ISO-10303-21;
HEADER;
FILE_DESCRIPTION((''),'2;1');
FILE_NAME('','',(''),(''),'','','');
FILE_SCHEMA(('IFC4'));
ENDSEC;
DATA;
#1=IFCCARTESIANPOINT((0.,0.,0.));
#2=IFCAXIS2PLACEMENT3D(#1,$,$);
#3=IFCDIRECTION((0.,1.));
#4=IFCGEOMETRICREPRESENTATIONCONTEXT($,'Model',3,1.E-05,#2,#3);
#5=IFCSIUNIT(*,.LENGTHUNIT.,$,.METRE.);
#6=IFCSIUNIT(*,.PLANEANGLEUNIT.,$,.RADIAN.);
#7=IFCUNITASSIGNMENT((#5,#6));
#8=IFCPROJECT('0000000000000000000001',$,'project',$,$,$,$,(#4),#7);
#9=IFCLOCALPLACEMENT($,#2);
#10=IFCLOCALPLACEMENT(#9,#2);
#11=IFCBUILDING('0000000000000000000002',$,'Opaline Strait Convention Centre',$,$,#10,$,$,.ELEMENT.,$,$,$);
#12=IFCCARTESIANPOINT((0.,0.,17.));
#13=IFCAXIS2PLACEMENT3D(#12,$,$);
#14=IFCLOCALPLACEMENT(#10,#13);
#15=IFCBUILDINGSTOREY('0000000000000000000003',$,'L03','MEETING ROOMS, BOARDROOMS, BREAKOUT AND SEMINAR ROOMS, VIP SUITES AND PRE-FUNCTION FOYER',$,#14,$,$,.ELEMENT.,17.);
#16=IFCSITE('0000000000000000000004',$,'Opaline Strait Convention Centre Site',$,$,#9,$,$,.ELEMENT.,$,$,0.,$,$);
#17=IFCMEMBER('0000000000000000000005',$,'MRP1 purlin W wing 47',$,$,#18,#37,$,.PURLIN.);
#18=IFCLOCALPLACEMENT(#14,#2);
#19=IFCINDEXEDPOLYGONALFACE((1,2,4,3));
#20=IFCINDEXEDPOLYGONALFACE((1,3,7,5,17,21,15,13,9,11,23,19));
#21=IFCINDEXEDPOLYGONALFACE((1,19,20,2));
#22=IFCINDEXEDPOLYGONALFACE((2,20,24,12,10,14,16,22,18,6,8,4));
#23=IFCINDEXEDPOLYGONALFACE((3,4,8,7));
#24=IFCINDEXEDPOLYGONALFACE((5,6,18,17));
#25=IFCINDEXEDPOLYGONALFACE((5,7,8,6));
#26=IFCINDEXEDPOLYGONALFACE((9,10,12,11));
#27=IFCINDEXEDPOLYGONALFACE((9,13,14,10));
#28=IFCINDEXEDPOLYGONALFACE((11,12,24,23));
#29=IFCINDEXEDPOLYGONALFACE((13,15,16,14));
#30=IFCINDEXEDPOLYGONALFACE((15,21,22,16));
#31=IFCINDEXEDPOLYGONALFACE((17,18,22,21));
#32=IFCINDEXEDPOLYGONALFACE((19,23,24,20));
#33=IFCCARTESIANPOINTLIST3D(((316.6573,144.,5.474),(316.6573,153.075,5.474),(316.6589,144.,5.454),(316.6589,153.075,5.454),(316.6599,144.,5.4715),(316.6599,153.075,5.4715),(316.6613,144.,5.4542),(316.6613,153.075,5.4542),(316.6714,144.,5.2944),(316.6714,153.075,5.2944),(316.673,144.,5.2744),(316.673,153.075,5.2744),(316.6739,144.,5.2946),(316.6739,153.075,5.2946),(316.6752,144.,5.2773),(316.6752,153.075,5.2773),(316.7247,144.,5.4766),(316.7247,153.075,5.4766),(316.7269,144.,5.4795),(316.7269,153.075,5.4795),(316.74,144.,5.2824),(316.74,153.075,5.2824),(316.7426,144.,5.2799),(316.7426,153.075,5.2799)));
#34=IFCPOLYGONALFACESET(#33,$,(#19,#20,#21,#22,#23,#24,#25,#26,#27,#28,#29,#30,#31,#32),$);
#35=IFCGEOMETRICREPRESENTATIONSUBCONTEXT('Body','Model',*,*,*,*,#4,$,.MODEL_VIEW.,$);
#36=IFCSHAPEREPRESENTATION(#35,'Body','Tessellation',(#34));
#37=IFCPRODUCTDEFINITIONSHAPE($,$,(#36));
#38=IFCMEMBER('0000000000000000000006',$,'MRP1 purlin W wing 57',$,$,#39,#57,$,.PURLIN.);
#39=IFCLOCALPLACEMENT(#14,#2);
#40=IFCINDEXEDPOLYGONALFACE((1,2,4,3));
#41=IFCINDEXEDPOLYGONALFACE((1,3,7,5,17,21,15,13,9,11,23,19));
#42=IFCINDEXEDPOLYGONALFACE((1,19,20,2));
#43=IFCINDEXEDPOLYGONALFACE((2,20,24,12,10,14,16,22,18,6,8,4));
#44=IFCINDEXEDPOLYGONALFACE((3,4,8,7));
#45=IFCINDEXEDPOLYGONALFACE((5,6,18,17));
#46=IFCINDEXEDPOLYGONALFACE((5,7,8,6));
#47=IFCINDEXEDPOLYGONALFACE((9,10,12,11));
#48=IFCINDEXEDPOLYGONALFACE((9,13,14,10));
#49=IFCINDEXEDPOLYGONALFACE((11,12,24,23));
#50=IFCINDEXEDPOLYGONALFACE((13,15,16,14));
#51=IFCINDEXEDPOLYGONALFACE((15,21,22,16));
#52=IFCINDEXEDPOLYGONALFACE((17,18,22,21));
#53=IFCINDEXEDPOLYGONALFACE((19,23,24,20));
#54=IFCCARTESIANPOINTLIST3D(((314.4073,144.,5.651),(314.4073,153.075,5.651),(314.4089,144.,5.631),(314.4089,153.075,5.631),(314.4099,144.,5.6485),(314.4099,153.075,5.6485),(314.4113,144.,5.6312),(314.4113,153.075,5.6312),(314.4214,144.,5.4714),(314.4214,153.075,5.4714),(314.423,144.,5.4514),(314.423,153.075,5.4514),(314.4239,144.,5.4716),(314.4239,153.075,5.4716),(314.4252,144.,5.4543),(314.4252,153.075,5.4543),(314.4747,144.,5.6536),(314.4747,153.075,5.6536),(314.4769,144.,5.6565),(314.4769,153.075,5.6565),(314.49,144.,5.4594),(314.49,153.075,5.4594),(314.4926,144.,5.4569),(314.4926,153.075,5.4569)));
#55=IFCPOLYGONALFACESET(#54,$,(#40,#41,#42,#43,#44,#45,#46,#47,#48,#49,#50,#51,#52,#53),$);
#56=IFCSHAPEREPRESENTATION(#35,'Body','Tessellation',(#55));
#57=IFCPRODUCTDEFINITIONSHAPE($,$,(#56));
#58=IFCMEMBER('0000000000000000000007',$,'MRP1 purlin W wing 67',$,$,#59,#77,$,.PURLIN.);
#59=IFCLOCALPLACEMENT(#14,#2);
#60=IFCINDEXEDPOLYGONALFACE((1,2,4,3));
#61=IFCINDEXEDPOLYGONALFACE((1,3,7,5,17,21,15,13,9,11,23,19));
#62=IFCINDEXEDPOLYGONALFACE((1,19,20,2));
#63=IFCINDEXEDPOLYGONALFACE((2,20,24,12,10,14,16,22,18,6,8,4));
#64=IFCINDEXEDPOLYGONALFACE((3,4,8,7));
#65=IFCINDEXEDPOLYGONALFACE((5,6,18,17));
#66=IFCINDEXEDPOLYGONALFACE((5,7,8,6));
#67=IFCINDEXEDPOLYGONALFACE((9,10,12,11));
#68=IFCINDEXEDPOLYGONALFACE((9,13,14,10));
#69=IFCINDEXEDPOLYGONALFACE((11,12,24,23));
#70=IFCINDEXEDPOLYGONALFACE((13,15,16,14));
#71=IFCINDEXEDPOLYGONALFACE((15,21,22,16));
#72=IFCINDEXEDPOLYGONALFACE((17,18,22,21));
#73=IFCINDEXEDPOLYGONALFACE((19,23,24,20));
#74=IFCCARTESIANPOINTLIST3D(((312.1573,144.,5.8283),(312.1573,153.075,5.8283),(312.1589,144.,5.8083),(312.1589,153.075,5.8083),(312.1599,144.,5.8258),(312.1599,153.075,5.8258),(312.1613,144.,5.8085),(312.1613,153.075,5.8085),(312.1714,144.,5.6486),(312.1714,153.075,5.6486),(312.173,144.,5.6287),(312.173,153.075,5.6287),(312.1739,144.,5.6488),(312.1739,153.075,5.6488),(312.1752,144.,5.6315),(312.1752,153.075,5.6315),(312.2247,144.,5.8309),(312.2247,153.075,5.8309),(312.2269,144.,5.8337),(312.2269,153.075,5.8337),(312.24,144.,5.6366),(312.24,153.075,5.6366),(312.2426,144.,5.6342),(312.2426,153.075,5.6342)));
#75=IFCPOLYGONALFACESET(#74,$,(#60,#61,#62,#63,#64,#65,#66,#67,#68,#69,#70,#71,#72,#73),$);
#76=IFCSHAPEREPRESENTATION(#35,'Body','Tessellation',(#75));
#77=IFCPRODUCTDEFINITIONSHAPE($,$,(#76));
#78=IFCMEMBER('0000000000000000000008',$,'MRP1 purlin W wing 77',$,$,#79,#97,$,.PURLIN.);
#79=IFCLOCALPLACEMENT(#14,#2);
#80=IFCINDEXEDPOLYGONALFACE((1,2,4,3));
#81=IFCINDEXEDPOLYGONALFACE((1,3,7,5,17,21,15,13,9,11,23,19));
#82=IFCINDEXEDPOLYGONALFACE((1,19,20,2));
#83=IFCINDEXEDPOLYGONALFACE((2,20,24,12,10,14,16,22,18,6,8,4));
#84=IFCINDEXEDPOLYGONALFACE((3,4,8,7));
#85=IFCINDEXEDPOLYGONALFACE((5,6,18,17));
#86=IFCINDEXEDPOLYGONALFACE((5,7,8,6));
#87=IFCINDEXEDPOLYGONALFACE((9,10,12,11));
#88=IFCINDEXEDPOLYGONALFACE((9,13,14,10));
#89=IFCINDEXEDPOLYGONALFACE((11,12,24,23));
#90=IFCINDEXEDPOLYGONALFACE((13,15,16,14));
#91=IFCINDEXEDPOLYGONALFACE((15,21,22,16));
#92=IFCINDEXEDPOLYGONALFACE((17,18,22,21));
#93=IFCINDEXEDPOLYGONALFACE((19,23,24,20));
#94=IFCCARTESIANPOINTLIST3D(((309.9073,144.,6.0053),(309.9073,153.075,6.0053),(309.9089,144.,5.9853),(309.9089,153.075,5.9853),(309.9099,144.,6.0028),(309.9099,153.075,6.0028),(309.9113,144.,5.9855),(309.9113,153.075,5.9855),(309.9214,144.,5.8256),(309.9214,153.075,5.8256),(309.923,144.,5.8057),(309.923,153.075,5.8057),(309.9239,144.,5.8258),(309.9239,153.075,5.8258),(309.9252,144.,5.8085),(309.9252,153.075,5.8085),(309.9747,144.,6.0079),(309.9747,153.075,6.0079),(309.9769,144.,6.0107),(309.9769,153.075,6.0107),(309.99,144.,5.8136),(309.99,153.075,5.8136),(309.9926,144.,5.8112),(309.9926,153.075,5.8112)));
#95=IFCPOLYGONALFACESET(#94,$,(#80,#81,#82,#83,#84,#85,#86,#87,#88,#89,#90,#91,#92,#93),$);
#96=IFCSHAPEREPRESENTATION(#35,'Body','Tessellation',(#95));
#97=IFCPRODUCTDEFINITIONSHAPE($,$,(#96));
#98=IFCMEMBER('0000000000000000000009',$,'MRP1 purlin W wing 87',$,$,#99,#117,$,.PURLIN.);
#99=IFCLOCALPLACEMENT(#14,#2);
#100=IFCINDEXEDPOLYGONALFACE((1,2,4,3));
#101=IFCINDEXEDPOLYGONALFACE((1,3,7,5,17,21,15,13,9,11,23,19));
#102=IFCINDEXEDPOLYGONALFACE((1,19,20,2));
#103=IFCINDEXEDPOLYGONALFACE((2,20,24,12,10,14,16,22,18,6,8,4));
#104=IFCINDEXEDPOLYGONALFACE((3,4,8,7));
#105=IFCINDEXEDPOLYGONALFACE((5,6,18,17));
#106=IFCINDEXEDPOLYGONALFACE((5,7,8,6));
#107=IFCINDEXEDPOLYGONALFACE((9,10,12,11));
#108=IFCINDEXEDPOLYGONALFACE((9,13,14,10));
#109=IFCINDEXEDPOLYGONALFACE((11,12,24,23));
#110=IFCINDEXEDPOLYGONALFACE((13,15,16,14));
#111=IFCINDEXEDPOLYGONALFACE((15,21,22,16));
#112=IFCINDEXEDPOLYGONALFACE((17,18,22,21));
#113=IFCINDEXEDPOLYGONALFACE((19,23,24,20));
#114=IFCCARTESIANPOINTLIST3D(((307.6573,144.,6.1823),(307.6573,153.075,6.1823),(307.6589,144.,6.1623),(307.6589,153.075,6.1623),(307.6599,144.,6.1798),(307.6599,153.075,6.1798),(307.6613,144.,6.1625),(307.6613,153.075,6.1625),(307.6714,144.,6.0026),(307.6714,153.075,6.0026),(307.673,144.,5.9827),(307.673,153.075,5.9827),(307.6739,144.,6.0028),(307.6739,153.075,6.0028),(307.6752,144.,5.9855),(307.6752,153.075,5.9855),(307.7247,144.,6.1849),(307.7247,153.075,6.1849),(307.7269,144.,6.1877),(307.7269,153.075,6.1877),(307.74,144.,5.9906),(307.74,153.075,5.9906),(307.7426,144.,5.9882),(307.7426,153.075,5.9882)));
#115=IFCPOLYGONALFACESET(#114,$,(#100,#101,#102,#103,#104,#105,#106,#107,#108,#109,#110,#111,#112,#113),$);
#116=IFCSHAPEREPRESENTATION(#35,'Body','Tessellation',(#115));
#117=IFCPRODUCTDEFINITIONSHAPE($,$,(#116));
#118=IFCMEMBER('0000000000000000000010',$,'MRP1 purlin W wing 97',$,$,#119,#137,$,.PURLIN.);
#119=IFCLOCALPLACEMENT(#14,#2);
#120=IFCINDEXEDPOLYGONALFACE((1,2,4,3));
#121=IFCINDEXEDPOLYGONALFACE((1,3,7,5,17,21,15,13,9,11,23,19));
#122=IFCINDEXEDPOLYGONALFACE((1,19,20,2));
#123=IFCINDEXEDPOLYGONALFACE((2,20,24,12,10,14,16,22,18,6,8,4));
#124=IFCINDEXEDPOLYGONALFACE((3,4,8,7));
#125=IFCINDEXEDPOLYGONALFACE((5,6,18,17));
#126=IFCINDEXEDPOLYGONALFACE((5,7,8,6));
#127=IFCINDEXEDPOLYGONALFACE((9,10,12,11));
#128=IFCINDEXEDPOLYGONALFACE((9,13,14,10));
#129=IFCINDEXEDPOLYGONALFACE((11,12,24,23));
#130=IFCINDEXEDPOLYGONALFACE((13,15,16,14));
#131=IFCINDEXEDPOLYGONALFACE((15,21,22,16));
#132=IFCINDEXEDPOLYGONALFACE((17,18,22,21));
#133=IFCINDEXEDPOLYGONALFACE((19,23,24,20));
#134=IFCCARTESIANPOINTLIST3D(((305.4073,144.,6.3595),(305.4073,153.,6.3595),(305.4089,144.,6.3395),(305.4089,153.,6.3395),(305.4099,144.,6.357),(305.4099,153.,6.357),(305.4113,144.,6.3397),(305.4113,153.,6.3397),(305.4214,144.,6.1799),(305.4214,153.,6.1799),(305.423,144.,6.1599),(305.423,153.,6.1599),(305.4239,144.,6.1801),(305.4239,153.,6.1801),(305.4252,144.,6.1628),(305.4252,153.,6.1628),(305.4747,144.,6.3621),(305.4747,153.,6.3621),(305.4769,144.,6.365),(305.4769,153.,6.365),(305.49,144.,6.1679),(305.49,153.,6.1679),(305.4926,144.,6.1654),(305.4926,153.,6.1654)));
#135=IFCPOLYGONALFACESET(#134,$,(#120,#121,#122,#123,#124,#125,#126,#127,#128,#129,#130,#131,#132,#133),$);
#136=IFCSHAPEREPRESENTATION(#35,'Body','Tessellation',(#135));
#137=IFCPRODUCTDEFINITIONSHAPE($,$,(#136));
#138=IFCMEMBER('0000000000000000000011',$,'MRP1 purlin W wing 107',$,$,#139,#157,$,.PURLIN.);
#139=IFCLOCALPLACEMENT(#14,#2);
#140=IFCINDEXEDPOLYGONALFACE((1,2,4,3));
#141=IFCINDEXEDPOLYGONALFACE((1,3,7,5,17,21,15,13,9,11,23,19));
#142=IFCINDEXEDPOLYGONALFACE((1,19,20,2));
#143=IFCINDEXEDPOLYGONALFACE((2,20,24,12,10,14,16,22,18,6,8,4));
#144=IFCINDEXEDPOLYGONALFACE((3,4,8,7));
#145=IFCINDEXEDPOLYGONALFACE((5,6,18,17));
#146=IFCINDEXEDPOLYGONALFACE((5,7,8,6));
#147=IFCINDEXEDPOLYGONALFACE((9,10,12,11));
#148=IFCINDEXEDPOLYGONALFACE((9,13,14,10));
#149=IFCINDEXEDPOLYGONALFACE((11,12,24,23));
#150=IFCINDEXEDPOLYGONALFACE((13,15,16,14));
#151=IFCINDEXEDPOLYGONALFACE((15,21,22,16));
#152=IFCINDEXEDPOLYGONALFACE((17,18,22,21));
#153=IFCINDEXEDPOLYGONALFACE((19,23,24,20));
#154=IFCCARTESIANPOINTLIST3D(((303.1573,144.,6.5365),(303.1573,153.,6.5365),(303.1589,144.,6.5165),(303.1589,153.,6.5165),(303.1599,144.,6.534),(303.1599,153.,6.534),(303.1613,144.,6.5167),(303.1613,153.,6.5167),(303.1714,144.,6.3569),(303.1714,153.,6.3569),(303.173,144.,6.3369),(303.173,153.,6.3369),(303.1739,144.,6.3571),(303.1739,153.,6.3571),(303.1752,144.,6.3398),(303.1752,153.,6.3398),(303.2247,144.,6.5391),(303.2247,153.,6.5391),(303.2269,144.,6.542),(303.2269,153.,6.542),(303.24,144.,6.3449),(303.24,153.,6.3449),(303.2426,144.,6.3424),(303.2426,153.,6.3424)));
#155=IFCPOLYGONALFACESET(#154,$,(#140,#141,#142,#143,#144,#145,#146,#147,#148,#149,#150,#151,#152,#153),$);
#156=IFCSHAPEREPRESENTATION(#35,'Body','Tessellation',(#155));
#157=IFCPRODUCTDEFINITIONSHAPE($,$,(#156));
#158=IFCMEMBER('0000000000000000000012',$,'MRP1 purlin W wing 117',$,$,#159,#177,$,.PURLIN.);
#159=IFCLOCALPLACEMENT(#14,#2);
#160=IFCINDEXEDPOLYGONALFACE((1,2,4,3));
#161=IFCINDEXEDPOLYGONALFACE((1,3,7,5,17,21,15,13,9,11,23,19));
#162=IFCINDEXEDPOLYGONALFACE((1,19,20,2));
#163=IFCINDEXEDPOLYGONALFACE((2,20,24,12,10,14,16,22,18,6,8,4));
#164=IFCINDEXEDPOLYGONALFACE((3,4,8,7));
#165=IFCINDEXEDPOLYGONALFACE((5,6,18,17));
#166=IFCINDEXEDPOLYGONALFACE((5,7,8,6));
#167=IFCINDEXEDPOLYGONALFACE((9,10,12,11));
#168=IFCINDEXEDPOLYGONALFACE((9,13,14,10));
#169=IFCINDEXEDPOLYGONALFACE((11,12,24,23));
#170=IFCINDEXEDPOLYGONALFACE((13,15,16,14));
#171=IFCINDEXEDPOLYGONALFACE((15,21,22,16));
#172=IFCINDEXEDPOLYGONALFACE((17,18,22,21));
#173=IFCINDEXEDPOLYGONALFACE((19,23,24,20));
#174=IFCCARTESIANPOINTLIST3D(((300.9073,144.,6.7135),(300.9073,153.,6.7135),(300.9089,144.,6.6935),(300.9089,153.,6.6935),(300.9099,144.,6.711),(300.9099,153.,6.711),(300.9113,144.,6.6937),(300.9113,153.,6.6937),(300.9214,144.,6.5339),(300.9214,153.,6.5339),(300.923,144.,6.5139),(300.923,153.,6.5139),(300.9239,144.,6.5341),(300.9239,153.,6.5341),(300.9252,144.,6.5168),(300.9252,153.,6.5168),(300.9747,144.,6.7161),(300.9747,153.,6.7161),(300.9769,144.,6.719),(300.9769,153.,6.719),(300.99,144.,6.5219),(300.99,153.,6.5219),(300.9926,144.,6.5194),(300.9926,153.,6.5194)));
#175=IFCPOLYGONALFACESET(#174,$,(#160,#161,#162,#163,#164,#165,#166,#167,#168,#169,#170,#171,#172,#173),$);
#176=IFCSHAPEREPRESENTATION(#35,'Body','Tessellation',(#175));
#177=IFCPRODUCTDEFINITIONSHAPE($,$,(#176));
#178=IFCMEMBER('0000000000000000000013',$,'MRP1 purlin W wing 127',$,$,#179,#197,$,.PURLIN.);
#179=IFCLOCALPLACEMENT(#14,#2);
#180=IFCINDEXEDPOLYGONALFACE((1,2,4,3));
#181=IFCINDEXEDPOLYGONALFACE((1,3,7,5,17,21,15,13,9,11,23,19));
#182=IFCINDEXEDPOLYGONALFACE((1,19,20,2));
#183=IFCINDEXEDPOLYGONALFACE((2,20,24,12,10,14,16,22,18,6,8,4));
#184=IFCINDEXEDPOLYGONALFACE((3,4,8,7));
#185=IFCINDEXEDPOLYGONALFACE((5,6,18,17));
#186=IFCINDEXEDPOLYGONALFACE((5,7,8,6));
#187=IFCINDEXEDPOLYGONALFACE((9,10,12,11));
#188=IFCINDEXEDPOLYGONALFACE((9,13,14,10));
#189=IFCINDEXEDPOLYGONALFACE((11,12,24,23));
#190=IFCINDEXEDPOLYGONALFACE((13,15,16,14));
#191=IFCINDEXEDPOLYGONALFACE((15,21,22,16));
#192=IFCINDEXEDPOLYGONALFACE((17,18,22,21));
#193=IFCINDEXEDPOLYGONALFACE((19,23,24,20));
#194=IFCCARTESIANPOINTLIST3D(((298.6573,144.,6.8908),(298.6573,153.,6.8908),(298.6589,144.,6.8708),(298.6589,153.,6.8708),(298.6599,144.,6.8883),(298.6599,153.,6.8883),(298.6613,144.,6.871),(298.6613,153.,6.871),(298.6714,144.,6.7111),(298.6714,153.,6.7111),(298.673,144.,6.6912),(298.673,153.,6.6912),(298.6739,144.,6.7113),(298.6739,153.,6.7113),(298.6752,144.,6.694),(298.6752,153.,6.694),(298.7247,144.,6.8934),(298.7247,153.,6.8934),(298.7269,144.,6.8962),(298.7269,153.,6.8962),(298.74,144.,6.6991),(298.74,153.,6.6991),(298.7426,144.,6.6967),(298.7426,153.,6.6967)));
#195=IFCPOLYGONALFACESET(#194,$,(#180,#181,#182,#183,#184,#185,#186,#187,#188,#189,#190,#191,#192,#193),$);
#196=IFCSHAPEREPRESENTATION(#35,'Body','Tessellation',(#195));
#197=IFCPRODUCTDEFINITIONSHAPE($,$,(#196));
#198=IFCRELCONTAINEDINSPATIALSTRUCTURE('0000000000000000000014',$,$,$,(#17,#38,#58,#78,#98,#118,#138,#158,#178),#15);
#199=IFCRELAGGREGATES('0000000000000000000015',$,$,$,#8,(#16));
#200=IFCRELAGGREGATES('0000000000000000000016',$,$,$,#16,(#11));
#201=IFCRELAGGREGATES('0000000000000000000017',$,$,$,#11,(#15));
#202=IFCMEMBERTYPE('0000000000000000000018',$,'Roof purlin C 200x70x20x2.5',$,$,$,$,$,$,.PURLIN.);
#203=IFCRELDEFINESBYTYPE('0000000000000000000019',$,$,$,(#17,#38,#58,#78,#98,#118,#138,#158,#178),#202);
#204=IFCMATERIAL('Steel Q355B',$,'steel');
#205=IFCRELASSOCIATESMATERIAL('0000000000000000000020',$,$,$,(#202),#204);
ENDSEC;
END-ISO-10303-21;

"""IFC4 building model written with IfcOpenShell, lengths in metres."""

from ifc_helpers import new_model, si_unit, direction, frame, origin, place, context, subcontext, project, spatial, polyline, outline, extrude, material, material_profile, profile_set, type_object, element, save


model = new_model("IFC4")

# Units and contexts
model_context = context("Model", 3, precision=1e-05, world=origin(), true_north=direction((0.0, 1.0)))
body_context = subcontext(model_context, "Body", "Model", "MODEL_VIEW")
ifc_project = project(units=[si_unit("LENGTHUNIT", "METRE"), si_unit("PLANEANGLEUNIT", "RADIAN")], contexts=[model_context])

# Site, building, storey
site_placement = place(None, origin())
site = spatial("IfcSite", under=ifc_project, at=site_placement, Name="Opaline Strait Convention Centre Site", CompositionType="ELEMENT", RefElevation=0.0)
building_placement = place(site_placement, origin())
building = spatial("IfcBuilding", under=site, at=building_placement, Name="Opaline Strait Convention Centre", CompositionType="ELEMENT")
storey_placement = place(building_placement, frame((0.0, 0.0, 17.0)))
storey = spatial("IfcBuildingStorey", under=building, at=storey_placement, Name="L03", Description="MEETING ROOMS, BOARDROOMS, BREAKOUT AND SEMINAR ROOMS, VIP SUITES AND PRE-FUNCTION FOYER", CompositionType="ELEMENT", Elevation=17.0)

# Members
ifc_material_1 = material(Name="Steel Q355B", Category="steel")
ifc_material_profile_1 = material_profile(ifc_material_1, outline(polyline([(-0.0349, -0.1001), (0.0349, -0.1001), (0.0349, -0.0801), (0.0325, -0.0801), (0.0325, -0.0974), (-0.0325, -0.0974), (-0.0325, 0.0974), (0.0325, 0.0974), (0.0325, 0.0801), (0.0349, 0.0801), (0.0349, 0.1001), (-0.0349, 0.1001), (-0.0349, -0.1001)])), Name="C 200x70x20x2.5")
ifc_profile_set_1 = profile_set([ifc_material_profile_1], Name="Steel Q355B")
member_type_1 = type_object("IfcMemberType", Name="Roof purlin C 200x70x20x2.5", PredefinedType="PURLIN", material=ifc_profile_set_1)
for number, where, z_axis, x_axis, name in (
    (1, (316.7, 144.0, 5.377), (0.0, 1.0, 0.0), (-0.996917, 0.0, -0.078459), "MRP1 purlin W wing 47"),
    (2, (314.45, 144.0, 5.554), (0.0, 1.0, 0.0), (-0.996917, 0.0, -0.078459), "MRP1 purlin W wing 57"),
    (3, (312.2, 144.0, 5.7312), (0.0, 1.0, 0.0), (-0.996917, 0.0, -0.078459), "MRP1 purlin W wing 67"),
    (4, (309.95, 144.0, 5.9082), (0.0, 1.0, 0.0), (-0.996917, 0.0, -0.078459), "MRP1 purlin W wing 77"),
    (5, (307.7, 144.0, 6.0852), (0.0, 1.0, 0.0), (-0.996917, 0.0, -0.078459), "MRP1 purlin W wing 87"),
):
    element("IfcMember", number, at=place(storey_placement, frame(where, z_axis=z_axis, x_axis=x_axis)), inside=storey, type_object=member_type_1, Name=name, PredefinedType="PURLIN", context=body_context, shape_type="SweptSolid", body=[
        extrude(outline(polyline([(-0.0349, -0.1001), (0.0349, -0.1001), (0.0349, -0.0801), (0.0325, -0.0801), (0.0325, -0.0974), (-0.0325, -0.0974), (-0.0325, 0.0974), (0.0325, 0.0974), (0.0325, 0.0801), (0.0349, 0.0801), (0.0349, 0.1001), (-0.0349, 0.1001), (-0.0349, -0.1001)])), origin(), (0.0, 0.0, 1.0), 9.075),
    ])
for number, where, z_axis, x_axis, name in (
    (6, (305.45, 144.0, 6.2625), (0.0, 1.0, 0.0), (-0.996917, 0.0, -0.078459), "MRP1 purlin W wing 97"),
    (7, (303.2, 144.0, 6.4395), (0.0, 1.0, 0.0), (-0.996917, 0.0, -0.078459), "MRP1 purlin W wing 107"),
    (8, (300.95, 144.0, 6.6165), (0.0, 1.0, 0.0), (-0.996917, 0.0, -0.078459), "MRP1 purlin W wing 117"),
    (9, (298.7, 144.0, 6.7937), (0.0, 1.0, 0.0), (-0.996917, 0.0, -0.078459), "MRP1 purlin W wing 127"),
):
    element("IfcMember", number, at=place(storey_placement, frame(where, z_axis=z_axis, x_axis=x_axis)), inside=storey, type_object=member_type_1, Name=name, PredefinedType="PURLIN", context=body_context, shape_type="SweptSolid", body=[
        extrude(outline(polyline([(-0.0349, -0.1001), (0.0349, -0.1001), (0.0349, -0.0801), (0.0325, -0.0801), (0.0325, -0.0974), (-0.0325, -0.0974), (-0.0325, 0.0974), (0.0325, 0.0974), (0.0325, 0.0801), (0.0349, 0.0801), (0.0349, 0.1001), (-0.0349, 0.1001), (-0.0349, -0.1001)])), origin(), (0.0, 0.0, 1.0), 9.0),
    ])

save(model, "model.ifc")
